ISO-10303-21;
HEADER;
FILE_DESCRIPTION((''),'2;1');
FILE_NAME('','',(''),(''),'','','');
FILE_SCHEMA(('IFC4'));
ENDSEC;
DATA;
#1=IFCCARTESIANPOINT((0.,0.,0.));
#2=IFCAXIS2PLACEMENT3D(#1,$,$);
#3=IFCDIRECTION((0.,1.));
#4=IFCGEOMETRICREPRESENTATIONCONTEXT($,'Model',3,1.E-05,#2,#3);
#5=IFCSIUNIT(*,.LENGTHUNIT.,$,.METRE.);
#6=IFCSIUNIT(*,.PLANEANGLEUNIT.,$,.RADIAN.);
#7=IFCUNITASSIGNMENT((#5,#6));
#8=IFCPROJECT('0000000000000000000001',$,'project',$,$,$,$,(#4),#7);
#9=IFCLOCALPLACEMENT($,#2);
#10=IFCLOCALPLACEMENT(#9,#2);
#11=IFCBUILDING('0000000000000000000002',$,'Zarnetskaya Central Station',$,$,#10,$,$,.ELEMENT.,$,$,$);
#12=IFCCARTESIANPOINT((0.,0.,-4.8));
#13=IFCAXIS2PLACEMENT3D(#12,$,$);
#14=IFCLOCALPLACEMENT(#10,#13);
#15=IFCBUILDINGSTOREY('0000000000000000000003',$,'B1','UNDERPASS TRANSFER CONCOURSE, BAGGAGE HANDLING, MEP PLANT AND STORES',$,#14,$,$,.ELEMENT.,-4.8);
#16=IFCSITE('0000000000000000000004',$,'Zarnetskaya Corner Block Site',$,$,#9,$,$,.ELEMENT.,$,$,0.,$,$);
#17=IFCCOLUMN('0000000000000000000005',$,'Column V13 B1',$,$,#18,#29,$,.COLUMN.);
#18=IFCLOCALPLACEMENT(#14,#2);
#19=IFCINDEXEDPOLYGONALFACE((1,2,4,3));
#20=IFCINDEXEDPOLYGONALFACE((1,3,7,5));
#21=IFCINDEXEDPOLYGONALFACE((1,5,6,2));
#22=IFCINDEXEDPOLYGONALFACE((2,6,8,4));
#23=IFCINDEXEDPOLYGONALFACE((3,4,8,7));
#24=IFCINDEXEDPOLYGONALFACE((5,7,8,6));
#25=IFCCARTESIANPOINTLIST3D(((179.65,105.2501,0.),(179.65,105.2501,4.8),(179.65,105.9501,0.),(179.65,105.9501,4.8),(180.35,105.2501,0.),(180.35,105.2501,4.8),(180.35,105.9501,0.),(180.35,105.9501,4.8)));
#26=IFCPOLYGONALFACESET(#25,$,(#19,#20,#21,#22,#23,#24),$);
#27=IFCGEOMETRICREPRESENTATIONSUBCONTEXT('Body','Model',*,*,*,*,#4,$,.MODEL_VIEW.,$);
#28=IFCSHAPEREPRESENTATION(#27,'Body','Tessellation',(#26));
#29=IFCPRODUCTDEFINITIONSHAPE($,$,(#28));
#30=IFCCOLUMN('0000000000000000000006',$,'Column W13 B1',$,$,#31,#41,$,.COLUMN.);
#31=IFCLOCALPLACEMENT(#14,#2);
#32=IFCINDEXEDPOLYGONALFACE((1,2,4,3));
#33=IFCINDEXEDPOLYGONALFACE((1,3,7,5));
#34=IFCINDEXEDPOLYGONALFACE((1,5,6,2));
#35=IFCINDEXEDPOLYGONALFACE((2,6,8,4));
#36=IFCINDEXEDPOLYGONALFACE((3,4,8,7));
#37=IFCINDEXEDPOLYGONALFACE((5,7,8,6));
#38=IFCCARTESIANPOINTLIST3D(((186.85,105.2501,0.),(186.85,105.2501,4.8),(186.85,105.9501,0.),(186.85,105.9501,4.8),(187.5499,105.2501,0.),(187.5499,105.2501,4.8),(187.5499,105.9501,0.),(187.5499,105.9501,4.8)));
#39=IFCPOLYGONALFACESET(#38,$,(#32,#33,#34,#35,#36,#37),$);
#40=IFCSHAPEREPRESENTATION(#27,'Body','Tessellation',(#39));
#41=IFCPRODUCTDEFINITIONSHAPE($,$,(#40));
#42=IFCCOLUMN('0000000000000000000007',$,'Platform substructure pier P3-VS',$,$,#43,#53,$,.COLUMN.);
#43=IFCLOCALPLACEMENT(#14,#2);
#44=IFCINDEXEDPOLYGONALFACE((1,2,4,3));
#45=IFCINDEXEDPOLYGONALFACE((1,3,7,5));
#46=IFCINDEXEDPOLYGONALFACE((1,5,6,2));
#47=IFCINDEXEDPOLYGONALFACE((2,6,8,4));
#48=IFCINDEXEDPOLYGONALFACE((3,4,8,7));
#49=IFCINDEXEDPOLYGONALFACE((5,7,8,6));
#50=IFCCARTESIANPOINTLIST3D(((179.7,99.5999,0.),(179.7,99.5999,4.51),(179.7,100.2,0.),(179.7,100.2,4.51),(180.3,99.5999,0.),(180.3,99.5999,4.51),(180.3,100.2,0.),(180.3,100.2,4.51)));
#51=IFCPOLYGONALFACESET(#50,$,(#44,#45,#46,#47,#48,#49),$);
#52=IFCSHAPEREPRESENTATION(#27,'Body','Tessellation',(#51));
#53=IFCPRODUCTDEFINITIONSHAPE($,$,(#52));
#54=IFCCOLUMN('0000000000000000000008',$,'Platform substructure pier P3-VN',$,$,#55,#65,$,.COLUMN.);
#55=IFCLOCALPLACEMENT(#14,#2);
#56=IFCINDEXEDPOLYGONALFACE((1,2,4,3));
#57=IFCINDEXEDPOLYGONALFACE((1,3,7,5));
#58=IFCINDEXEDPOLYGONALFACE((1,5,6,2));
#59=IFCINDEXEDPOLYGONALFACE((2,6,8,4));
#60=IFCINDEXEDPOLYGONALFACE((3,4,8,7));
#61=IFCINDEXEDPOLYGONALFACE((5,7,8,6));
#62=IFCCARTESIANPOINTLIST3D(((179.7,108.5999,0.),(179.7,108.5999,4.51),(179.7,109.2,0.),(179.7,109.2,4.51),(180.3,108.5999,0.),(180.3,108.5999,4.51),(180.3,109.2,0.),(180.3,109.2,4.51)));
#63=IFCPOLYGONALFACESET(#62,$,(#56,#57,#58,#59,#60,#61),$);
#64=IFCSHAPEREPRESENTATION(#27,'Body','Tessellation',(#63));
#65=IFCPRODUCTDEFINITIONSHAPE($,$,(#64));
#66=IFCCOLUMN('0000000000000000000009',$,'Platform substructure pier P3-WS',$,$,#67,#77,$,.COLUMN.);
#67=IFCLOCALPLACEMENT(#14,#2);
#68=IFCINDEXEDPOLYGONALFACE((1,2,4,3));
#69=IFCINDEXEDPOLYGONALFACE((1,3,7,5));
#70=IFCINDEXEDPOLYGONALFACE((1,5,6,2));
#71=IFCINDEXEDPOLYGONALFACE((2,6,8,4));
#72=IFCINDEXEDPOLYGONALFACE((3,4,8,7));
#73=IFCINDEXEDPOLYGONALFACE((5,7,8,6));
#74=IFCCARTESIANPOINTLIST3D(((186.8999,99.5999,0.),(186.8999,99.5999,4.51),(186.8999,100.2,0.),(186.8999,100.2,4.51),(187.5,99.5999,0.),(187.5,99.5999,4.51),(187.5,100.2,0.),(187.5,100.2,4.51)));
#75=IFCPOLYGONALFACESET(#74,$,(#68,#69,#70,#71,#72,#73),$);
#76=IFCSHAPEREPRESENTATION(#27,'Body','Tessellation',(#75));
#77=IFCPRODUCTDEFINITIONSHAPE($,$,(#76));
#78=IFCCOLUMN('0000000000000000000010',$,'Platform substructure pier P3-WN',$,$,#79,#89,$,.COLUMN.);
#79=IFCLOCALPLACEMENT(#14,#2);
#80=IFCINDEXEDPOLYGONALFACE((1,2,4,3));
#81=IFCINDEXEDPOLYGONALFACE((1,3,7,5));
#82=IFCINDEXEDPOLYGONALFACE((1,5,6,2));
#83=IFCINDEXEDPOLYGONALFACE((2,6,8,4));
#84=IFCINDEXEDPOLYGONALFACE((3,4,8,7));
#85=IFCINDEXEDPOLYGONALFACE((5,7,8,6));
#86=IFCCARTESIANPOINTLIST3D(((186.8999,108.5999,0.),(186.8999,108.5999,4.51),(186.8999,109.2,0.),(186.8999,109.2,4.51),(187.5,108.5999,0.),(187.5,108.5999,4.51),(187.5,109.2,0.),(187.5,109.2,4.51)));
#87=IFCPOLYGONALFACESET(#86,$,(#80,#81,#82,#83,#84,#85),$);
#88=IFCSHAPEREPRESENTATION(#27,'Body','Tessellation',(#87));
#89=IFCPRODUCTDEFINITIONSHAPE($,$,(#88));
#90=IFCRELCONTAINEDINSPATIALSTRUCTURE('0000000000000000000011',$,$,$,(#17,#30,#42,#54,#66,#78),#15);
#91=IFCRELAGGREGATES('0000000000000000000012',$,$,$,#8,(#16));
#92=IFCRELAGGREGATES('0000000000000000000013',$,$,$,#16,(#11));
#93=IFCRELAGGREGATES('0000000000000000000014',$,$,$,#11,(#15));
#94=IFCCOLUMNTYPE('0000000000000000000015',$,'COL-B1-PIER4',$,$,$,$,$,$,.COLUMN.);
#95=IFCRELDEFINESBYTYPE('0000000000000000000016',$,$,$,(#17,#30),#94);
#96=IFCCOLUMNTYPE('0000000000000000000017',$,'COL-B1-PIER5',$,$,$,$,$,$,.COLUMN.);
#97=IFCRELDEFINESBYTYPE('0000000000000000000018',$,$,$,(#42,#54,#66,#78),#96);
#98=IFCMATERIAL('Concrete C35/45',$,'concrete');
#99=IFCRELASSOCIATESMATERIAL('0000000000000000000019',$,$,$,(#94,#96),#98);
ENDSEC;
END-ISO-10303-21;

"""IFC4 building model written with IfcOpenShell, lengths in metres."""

from ifc_helpers import new_model, si_unit, direction, frame, origin, origin_2d, place, context, subcontext, project, spatial, rectangle, extrude, material, material_profile, profile_set, type_object, element, save


model = new_model("IFC4")

# Units and contexts
model_context = context("Model", 3, precision=1e-05, world=origin(), true_north=direction((0.0, 1.0)))
body_context = subcontext(model_context, "Body", "Model", "MODEL_VIEW")
ifc_project = project(units=[si_unit("LENGTHUNIT", "METRE"), si_unit("PLANEANGLEUNIT", "RADIAN")], contexts=[model_context])

# Site, building, storey
site_placement = place(None, origin())
site = spatial("IfcSite", under=ifc_project, at=site_placement, Name="Zarnetskaya Corner Block Site", CompositionType="ELEMENT", RefElevation=0.0)
building_placement = place(site_placement, origin())
building = spatial("IfcBuilding", under=site, at=building_placement, Name="Zarnetskaya Central Station", CompositionType="ELEMENT")
storey_placement = place(building_placement, frame((0.0, 0.0, -4.8)))
storey = spatial("IfcBuildingStorey", under=building, at=storey_placement, Name="B1", Description="UNDERPASS TRANSFER CONCOURSE, BAGGAGE HANDLING, MEP PLANT AND STORES", CompositionType="ELEMENT", Elevation=-4.8)

# Shared definitions
ifc_material = material(Name="Concrete C35/45", Category="concrete")

# Columns
ifc_material_profile_1 = material_profile(ifc_material, rectangle(XDim=0.7, YDim=0.7, at=origin_2d()), Name="RC 700x700")
ifc_profile_set_1 = profile_set([ifc_material_profile_1], Name="Concrete C35/45")
column_type_1 = type_object("IfcColumnType", Name="COL-B1-PIER4", PredefinedType="COLUMN", material=ifc_profile_set_1)
for number, where, z_axis, x_axis, name in (
    (1, (180.0, 105.6001, 0.0), (0.0, 0.0, 1.0), (1.0, 0.0, 0.0), "Column V13 B1"),
    (2, (187.2, 105.6001, 0.0), (0.0, 0.0, 1.0), (1.0, 0.0, 0.0), "Column W13 B1"),
):
    element("IfcColumn", number, at=place(storey_placement, frame(where, z_axis=z_axis, x_axis=x_axis)), inside=storey, type_object=column_type_1, Name=name, PredefinedType="COLUMN", context=body_context, shape_type="SweptSolid", body=[
        extrude(rectangle(XDim=0.7, YDim=0.7, at=origin_2d()), origin(), (0.0, 0.0, 1.0), 4.8),
    ])
ifc_material_profile_2 = material_profile(ifc_material, rectangle(XDim=0.6001, YDim=0.6001, at=origin_2d()), Name="RC 600x600")
ifc_profile_set_2 = profile_set([ifc_material_profile_2], Name="Concrete C35/45")
column_type_2 = type_object("IfcColumnType", Name="COL-B1-PIER5", PredefinedType="COLUMN", material=ifc_profile_set_2)
for number, where, z_axis, x_axis, name in (
    (3, (180.0, 99.8999, 0.0), (0.0, 0.0, 1.0), (1.0, 0.0, 0.0), "Platform substructure pier P3-VS"),
    (4, (180.0, 108.8999, 0.0), (0.0, 0.0, 1.0), (1.0, 0.0, 0.0), "Platform substructure pier P3-VN"),
    (5, (187.2, 99.8999, 0.0), (0.0, 0.0, 1.0), (1.0, 0.0, 0.0), "Platform substructure pier P3-WS"),
    (6, (187.2, 108.8999, 0.0), (0.0, 0.0, 1.0), (1.0, 0.0, 0.0), "Platform substructure pier P3-WN"),
):
    element("IfcColumn", number, at=place(storey_placement, frame(where, z_axis=z_axis, x_axis=x_axis)), inside=storey, type_object=column_type_2, Name=name, PredefinedType="COLUMN", context=body_context, shape_type="SweptSolid", body=[
        extrude(rectangle(XDim=0.6001, YDim=0.6001, at=origin_2d()), origin(), (0.0, 0.0, 1.0), 4.51),
    ])

save(model, "model.ifc")
